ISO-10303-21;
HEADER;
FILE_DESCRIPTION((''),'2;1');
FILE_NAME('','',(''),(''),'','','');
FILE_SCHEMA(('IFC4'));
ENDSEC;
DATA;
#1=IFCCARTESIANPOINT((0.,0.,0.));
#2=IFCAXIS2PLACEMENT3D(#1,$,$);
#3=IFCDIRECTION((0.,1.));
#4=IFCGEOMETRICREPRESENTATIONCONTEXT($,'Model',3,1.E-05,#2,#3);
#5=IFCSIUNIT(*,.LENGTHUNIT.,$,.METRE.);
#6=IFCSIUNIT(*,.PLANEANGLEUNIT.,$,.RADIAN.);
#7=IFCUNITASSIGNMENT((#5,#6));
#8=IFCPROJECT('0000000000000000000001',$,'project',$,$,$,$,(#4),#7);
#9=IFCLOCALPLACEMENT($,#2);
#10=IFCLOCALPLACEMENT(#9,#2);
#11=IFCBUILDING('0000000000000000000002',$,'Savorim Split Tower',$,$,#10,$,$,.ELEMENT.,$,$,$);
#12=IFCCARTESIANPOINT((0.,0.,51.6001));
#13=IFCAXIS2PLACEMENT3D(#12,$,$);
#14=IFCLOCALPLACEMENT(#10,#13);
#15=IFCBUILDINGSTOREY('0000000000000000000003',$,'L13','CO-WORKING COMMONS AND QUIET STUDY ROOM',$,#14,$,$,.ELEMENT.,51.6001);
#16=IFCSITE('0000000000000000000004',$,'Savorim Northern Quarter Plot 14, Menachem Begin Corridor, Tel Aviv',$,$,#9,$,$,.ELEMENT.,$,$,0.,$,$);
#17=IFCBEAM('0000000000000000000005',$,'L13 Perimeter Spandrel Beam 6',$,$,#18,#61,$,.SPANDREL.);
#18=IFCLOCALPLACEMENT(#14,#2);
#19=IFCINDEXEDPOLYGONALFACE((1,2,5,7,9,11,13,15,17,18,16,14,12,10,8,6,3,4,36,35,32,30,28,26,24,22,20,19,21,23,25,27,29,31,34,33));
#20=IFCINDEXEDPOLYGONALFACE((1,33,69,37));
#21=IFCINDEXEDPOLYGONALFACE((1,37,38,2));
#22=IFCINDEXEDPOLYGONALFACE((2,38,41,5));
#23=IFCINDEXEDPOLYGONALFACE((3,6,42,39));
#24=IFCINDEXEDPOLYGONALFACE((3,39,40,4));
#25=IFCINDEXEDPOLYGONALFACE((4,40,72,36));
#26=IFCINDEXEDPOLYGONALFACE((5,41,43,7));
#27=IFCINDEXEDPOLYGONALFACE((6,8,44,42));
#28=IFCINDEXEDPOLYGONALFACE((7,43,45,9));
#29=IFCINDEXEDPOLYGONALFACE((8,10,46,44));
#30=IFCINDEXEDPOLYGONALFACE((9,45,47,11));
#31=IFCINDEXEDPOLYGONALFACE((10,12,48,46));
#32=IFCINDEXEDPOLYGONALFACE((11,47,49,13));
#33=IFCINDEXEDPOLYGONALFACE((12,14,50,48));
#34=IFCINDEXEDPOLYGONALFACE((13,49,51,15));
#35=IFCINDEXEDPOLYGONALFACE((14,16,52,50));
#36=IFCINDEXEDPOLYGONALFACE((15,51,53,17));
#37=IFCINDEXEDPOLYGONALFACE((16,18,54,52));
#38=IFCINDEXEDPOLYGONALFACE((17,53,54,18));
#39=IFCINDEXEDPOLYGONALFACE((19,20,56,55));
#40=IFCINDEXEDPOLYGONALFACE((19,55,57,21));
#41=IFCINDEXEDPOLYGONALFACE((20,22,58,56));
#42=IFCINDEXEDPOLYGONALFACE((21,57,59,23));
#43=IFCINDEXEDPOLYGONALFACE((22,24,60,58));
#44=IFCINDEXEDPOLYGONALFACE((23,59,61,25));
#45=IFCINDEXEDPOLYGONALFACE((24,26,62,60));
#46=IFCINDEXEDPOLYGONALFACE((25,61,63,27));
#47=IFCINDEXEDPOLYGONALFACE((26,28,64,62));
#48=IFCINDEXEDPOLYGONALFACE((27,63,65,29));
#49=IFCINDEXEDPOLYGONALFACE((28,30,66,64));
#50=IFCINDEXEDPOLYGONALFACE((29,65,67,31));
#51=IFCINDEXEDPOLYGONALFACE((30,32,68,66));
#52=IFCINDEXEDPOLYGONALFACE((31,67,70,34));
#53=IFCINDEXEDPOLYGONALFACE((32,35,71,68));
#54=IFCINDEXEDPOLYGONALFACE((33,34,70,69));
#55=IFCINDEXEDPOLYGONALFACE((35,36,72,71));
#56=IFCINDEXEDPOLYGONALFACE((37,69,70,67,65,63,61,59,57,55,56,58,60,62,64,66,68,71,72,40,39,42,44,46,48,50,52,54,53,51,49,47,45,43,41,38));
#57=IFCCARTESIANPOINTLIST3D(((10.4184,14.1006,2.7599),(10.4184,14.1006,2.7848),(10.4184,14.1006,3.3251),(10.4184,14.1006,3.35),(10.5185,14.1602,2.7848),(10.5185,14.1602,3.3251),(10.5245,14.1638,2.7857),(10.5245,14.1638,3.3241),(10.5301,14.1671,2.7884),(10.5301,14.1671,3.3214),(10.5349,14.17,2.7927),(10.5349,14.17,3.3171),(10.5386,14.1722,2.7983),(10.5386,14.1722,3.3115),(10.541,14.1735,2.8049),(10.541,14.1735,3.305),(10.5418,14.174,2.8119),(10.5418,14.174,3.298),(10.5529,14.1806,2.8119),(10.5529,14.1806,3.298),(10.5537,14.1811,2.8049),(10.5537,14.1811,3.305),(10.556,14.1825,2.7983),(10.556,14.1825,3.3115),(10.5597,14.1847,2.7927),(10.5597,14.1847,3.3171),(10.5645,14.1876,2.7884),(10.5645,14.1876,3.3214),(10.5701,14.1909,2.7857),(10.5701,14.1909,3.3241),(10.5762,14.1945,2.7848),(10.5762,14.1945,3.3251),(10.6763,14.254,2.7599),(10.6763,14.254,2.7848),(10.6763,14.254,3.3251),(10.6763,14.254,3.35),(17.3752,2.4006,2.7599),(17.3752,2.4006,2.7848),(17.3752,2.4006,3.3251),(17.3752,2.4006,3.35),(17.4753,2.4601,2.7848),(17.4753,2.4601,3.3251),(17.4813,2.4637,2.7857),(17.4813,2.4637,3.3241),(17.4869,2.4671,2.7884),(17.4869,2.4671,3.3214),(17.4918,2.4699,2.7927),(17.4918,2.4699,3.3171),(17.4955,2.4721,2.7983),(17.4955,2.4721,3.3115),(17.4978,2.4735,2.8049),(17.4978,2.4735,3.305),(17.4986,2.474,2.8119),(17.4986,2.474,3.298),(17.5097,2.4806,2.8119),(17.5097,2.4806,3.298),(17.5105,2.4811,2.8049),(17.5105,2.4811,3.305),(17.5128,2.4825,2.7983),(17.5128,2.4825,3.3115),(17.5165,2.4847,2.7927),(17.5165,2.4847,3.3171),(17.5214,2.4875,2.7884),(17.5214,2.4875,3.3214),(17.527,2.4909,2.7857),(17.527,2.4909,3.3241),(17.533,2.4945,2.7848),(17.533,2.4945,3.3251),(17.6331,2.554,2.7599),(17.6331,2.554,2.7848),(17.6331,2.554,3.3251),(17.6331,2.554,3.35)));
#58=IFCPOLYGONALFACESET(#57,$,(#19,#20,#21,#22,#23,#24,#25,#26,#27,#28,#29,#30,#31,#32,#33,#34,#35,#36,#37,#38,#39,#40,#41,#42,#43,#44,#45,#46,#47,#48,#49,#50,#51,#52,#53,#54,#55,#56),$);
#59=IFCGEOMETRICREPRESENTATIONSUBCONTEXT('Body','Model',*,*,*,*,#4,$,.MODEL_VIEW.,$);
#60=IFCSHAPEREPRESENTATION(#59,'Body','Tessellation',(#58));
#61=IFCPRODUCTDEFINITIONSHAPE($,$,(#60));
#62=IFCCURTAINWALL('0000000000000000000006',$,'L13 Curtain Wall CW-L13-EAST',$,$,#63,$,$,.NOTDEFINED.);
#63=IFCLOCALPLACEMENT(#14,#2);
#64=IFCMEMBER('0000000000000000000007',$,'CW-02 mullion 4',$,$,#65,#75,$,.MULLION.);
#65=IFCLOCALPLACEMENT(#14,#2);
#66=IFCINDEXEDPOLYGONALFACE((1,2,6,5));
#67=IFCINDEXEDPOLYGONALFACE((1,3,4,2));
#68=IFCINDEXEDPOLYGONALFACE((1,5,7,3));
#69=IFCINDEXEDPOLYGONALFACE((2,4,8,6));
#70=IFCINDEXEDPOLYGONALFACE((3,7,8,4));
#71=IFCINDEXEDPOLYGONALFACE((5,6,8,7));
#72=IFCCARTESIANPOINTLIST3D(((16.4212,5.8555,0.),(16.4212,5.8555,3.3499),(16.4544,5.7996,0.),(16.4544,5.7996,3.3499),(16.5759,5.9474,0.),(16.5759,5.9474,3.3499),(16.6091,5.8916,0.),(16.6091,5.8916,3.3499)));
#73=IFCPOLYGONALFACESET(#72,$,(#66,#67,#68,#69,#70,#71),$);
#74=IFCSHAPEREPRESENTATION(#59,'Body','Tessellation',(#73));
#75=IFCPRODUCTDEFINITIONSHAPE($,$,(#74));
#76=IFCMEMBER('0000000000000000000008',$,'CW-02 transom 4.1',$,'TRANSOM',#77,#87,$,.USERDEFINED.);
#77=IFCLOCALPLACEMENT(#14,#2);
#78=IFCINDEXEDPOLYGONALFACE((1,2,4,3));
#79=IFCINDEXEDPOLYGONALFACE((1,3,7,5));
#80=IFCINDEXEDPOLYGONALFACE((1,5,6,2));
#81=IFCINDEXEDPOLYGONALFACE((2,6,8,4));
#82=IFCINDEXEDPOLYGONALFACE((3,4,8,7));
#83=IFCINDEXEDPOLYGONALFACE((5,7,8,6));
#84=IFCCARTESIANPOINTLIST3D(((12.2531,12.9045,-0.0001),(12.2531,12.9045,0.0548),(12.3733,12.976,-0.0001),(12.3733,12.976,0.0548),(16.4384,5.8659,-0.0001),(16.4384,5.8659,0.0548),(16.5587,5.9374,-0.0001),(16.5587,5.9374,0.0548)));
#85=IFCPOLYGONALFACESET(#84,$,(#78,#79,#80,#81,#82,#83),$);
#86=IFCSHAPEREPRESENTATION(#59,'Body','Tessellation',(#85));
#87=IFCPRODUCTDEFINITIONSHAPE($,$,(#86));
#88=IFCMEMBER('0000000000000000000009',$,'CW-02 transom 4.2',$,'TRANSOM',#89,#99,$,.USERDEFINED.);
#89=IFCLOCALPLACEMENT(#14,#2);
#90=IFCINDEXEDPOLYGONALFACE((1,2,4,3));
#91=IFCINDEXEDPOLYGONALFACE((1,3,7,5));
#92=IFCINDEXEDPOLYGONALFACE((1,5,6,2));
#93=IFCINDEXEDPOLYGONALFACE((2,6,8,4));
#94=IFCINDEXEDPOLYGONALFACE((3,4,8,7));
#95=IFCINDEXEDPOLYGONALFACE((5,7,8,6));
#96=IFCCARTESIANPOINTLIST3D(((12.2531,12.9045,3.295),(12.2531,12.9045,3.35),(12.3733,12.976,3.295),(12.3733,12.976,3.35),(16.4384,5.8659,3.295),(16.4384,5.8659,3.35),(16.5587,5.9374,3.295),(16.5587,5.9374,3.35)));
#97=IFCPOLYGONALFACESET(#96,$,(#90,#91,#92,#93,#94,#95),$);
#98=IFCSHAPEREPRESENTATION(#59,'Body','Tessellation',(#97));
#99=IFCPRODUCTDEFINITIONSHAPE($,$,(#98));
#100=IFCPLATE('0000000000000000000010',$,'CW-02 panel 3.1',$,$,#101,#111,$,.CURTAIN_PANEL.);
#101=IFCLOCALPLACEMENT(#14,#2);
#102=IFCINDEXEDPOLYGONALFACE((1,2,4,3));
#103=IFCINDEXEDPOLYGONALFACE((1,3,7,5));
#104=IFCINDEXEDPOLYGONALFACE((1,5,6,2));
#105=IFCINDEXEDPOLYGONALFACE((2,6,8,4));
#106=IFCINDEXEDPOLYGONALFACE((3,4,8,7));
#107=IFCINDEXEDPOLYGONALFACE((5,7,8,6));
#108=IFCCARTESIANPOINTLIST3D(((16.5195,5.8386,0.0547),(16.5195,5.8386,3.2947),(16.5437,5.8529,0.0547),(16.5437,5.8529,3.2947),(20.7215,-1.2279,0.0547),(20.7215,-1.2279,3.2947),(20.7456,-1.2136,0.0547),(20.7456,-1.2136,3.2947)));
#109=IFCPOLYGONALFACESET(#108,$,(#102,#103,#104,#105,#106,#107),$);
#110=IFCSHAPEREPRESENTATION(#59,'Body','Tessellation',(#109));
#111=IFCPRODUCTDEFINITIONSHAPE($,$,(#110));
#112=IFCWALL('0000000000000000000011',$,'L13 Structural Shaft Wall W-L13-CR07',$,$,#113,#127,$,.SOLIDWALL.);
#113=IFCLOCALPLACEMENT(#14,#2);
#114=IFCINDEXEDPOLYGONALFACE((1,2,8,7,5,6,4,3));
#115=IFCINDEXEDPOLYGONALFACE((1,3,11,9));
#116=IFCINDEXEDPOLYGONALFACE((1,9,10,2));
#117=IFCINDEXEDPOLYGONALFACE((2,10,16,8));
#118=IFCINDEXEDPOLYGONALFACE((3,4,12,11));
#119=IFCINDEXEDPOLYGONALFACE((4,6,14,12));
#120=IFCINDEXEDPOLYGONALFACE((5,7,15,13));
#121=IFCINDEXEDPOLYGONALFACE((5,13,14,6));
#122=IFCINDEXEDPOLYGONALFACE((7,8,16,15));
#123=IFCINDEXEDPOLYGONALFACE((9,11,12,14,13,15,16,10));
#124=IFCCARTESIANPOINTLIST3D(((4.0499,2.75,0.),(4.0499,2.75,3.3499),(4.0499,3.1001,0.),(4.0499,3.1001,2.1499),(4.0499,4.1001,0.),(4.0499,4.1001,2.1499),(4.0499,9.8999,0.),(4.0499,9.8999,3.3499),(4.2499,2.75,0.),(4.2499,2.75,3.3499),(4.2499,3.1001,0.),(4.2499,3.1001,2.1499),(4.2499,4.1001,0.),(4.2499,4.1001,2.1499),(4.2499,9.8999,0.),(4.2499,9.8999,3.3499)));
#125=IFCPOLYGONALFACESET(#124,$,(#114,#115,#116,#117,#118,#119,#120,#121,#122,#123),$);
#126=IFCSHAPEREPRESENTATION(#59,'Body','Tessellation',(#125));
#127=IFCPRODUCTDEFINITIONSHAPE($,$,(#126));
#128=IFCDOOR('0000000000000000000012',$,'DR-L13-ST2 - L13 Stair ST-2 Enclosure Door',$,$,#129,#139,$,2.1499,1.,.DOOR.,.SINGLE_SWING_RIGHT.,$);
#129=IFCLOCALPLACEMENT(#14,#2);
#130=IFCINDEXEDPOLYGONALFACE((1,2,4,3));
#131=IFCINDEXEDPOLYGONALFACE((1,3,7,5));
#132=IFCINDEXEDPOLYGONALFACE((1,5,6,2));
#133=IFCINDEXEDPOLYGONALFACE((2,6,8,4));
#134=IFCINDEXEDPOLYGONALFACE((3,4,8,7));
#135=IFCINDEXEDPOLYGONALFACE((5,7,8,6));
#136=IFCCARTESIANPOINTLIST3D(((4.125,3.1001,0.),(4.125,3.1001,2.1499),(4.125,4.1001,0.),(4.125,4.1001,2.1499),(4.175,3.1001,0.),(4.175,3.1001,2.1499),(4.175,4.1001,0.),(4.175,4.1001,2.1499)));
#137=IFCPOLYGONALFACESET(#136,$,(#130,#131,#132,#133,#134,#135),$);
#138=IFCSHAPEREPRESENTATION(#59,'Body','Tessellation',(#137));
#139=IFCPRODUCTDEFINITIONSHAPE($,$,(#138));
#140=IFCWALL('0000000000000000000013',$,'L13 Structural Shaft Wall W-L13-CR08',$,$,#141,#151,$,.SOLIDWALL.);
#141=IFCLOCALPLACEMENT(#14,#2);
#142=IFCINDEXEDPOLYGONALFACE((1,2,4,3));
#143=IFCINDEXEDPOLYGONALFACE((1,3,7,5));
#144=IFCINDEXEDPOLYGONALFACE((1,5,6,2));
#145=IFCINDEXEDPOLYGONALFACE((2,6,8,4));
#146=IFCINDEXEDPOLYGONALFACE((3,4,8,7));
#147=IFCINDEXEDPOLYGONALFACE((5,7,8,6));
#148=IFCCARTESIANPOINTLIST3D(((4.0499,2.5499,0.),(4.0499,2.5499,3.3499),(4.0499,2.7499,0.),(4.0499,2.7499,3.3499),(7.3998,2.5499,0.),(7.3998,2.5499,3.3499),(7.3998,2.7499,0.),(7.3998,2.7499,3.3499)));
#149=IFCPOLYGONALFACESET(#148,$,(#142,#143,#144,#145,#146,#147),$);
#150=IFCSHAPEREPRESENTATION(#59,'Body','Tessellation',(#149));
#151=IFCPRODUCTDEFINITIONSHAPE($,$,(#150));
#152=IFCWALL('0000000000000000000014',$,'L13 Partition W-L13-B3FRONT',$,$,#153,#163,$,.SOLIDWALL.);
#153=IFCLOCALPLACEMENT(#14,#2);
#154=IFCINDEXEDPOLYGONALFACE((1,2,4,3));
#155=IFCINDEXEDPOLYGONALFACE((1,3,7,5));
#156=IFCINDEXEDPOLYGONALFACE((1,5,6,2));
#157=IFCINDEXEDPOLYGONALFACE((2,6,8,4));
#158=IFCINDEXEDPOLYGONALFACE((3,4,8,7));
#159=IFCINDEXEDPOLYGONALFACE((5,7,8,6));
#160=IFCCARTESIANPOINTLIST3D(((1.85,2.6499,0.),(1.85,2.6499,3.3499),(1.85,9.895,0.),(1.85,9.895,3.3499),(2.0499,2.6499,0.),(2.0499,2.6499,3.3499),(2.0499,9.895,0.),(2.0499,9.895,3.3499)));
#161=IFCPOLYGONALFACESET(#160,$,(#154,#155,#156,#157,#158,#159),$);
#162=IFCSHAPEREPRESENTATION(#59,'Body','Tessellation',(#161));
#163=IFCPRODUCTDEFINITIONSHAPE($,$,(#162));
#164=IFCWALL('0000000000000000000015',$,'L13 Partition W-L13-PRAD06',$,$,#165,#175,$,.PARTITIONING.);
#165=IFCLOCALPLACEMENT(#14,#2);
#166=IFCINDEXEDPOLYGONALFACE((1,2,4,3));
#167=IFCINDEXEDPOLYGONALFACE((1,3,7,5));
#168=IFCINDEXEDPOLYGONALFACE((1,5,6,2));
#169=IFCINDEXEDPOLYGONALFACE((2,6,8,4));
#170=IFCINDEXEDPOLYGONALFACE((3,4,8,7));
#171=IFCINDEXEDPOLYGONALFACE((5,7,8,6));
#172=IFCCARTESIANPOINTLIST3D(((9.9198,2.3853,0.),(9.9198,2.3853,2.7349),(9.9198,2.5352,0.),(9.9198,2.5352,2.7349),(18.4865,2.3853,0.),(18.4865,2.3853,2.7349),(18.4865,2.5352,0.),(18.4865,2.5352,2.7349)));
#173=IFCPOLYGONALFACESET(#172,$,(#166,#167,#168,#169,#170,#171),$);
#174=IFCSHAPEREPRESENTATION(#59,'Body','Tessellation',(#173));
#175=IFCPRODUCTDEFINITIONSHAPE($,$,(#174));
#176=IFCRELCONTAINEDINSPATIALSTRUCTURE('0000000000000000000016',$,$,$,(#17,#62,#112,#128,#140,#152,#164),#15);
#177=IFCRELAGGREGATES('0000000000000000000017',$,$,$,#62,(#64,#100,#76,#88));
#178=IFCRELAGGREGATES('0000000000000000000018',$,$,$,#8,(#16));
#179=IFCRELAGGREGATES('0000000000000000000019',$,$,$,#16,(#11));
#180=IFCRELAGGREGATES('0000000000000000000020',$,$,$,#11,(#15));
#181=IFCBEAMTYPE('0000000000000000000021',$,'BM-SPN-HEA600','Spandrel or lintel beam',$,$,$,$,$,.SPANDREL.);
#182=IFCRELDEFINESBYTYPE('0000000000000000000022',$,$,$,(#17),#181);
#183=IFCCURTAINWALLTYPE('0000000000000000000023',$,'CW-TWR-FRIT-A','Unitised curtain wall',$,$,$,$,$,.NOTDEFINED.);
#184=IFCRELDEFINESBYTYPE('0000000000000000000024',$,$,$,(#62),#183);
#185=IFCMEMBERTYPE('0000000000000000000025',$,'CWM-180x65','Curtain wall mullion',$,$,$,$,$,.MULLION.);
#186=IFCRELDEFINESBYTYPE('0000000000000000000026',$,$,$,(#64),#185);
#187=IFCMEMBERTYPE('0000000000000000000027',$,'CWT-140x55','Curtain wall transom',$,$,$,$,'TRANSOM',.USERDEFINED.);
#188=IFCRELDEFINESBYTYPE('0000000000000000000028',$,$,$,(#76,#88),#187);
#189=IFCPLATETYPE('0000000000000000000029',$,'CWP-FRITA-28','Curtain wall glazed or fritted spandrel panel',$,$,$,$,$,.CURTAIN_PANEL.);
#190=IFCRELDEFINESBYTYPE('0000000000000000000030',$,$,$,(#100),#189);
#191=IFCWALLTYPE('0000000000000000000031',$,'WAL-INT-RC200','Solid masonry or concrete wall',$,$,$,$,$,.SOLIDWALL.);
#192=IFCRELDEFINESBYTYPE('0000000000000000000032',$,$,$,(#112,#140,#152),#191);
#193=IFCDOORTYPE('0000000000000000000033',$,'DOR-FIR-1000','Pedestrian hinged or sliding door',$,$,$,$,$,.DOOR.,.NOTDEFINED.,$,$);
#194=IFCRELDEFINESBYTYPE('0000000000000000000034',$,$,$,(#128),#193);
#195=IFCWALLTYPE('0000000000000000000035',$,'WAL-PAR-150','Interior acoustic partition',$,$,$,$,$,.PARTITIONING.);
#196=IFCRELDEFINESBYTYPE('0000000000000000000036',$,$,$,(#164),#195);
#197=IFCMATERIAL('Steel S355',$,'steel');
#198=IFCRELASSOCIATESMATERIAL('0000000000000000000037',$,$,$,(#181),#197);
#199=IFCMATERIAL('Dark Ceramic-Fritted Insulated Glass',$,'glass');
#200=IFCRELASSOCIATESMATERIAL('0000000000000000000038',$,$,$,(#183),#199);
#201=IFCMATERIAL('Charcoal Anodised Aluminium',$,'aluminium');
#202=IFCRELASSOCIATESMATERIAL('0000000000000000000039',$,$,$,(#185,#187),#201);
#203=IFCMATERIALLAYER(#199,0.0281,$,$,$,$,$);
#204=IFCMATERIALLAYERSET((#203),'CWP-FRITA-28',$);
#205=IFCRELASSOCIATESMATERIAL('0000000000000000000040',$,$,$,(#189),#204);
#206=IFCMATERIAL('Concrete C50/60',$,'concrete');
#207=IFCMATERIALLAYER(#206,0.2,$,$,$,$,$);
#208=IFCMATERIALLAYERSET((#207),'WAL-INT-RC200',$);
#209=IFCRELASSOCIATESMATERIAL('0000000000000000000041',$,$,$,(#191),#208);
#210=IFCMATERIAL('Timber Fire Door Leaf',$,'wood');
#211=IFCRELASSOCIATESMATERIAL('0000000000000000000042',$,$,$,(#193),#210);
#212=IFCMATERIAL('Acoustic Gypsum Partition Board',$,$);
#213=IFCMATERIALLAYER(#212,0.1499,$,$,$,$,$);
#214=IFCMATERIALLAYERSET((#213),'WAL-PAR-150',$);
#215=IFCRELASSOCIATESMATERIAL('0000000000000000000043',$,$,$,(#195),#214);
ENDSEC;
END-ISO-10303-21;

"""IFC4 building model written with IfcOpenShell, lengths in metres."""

from ifc_helpers import new_model, si_unit, direction, frame, frame_2d, origin, origin_2d, place, context, subcontext, project, spatial, rectangle, i_section, extrude, material, layer, layer_set, material_profile, profile_set, type_object, element, fill, aggregate, save


model = new_model("IFC4")

# Units and contexts
model_context = context("Model", 3, precision=1e-05, world=origin(), true_north=direction((0.0, 1.0)))
body_context = subcontext(model_context, "Body", "Model", "MODEL_VIEW")
ifc_project = project(units=[si_unit("LENGTHUNIT", "METRE"), si_unit("PLANEANGLEUNIT", "RADIAN")], contexts=[model_context])

# Site, building, storey
site_placement = place(None, origin())
site = spatial("IfcSite", under=ifc_project, at=site_placement, Name="Savorim Northern Quarter Plot 14, Menachem Begin Corridor, Tel Aviv", CompositionType="ELEMENT", RefElevation=0.0)
building_placement = place(site_placement, origin())
building = spatial("IfcBuilding", under=site, at=building_placement, Name="Savorim Split Tower", CompositionType="ELEMENT")
storey_placement = place(building_placement, frame((0.0, 0.0, 51.6001)))
storey = spatial("IfcBuildingStorey", under=building, at=storey_placement, Name="L13", Description="CO-WORKING COMMONS AND QUIET STUDY ROOM", CompositionType="ELEMENT", Elevation=51.6001)

# Beam
ifc_material_1 = material(Name="Steel S355", Category="steel")
ifc_material_profile_1 = material_profile(ifc_material_1, i_section(OverallWidth=0.3, OverallDepth=0.5901, WebThickness=0.0129, FlangeThickness=0.0249, FilletRadius=0.0271, at=origin_2d()), Name="HEA 600")
ifc_profile_set_1 = profile_set([ifc_material_profile_1], Name="Steel S355")
beam_type_1 = type_object("IfcBeamType", Name="BM-SPN-HEA600", Description="Spandrel or lintel beam", PredefinedType="SPANDREL", material=ifc_profile_set_1)
beam_1_placement = place(storey_placement, frame((17.5042, 2.4773, 3.0549), z_axis=(-0.511079, 0.859534, 0.0), x_axis=(-0.859534, -0.511079, 0.0)))
element("IfcBeam", 1, at=beam_1_placement, inside=storey, type_object=beam_type_1, Name="L13 Perimeter Spandrel Beam 6", PredefinedType="SPANDREL", context=body_context, shape_type="SweptSolid", body=[
    extrude(i_section(OverallWidth=0.3, OverallDepth=0.5901, WebThickness=0.0129, FlangeThickness=0.0249, FilletRadius=0.0271, at=origin_2d()), origin(), (0.0, 0.0, 1.0), 13.6121),
])

# Curtain wall, members, plate
ifc_material_2 = material(Name="Dark Ceramic-Fritted Insulated Glass", Category="glass")
curtain_wall_type = type_object("IfcCurtainWallType", Name="CW-TWR-FRIT-A", Description="Unitised curtain wall", PredefinedType="NOTDEFINED", material=ifc_material_2)
curtain_wall_placement = place(storey_placement, origin())
curtain_wall = element("IfcCurtainWall", 2, at=curtain_wall_placement, inside=storey, type_object=curtain_wall_type, Name="L13 Curtain Wall CW-L13-EAST", PredefinedType="NOTDEFINED")
ifc_material_3 = material(Name="Charcoal Anodised Aluminium", Category="aluminium")
ifc_material_profile_2 = material_profile(ifc_material_3, rectangle(XDim=0.1799, YDim=0.0649, at=origin_2d()), Name="ALU-M 180x65")
ifc_profile_set_2 = profile_set([ifc_material_profile_2], Name="Charcoal Anodised Aluminium")
member_type_1 = type_object("IfcMemberType", Name="CWM-180x65", Description="Curtain wall mullion", PredefinedType="MULLION", material=ifc_profile_set_2)
member_1_placement = place(storey_placement, frame((16.5151, 5.8735, 0.0), z_axis=(0.0, 0.0, 1.0), x_axis=(-0.859526, -0.511092, 0.0)))
member_1 = element("IfcMember", 3, at=member_1_placement, type_object=member_type_1, Name="CW-02 mullion 4", PredefinedType="MULLION", context=body_context, shape_type="SweptSolid", body=[
    extrude(rectangle(XDim=0.1799, YDim=0.0649, at=origin_2d()), origin(), (0.0, 0.0, 1.0), 3.3499),
])
ifc_material_profile_3 = material_profile(ifc_material_3, rectangle(XDim=0.1399, YDim=0.0549, at=origin_2d()), Name="ALU-T 140x55")
ifc_profile_set_3 = profile_set([ifc_material_profile_3], Name="Charcoal Anodised Aluminium")
member_type_2 = type_object("IfcMemberType", Name="CWT-140x55", Description="Curtain wall transom", ElementType="TRANSOM", PredefinedType="USERDEFINED", material=ifc_profile_set_3)
member_2_placement = place(storey_placement, frame((16.4985, 5.9016, 0.0273), z_axis=(-0.511094, 0.859525, 0.0), x_axis=(-0.859525, -0.511094, 0.0)))
member_2 = element("IfcMember", 4, at=member_2_placement, type_object=member_type_2, Name="CW-02 transom 4.1", ObjectType="TRANSOM", PredefinedType="USERDEFINED", context=body_context, shape_type="SweptSolid", body=[
    extrude(rectangle(XDim=0.1399, YDim=0.0549, at=origin_2d()), origin(), (0.0, 0.0, 1.0), 8.189),
])
member_3_placement = place(storey_placement, frame((16.4985, 5.9016, 3.3225), z_axis=(-0.511094, 0.859525, 0.0), x_axis=(-0.859525, -0.511094, 0.0)))
member_3 = element("IfcMember", 5, at=member_3_placement, type_object=member_type_2, Name="CW-02 transom 4.2", ObjectType="TRANSOM", PredefinedType="USERDEFINED", context=body_context, shape_type="SweptSolid", body=[
    extrude(rectangle(XDim=0.1399, YDim=0.0549, at=origin_2d()), origin(), (0.0, 0.0, 1.0), 8.189),
])
ifc_layer_1 = layer(ifc_material_2, 0.0281)
ifc_layer_set_1 = layer_set([ifc_layer_1], Name="CWP-FRITA-28")
plate_type = type_object("IfcPlateType", Name="CWP-FRITA-28", Description="Curtain wall glazed or fritted spandrel panel", PredefinedType="CURTAIN_PANEL", material=ifc_layer_set_1)
plate_placement = place(storey_placement, frame((18.6326, 2.3125, 0.0547), z_axis=(0.0, 0.0, 1.0), x_axis=(-0.511092, 0.859526, 0.0)))
plate = element("IfcPlate", 6, at=plate_placement, type_object=plate_type, Name="CW-02 panel 3.1", PredefinedType="CURTAIN_PANEL", context=body_context, shape_type="SweptSolid", body=[
    extrude(rectangle(XDim=8.2214, YDim=0.0281, at=origin_2d()), origin(), (0.0, 0.0, 1.0), 3.24),
])
aggregate(curtain_wall, [member_1, plate, member_2, member_3])

# Wall, opening, door
ifc_material_4 = material(Name="Concrete C50/60", Category="concrete")
ifc_layer_2 = layer(ifc_material_4, 0.2)
ifc_layer_set_2 = layer_set([ifc_layer_2], Name="WAL-INT-RC200")
wall_type_1 = type_object("IfcWallType", Name="WAL-INT-RC200", Description="Solid masonry or concrete wall", PredefinedType="SOLIDWALL", material=ifc_layer_set_2)
wall_1_placement = place(storey_placement, frame((4.1499, 2.75, 0.0), z_axis=(0.0, 0.0, 1.0), x_axis=(0.0, 1.0, 0.0)))
wall_1 = element("IfcWall", 7, at=wall_1_placement, inside=storey, type_object=wall_type_1, Name="L13 Structural Shaft Wall W-L13-CR07", PredefinedType="SOLIDWALL", context=body_context, shape_type="SweptSolid", body=[
    extrude(rectangle(XDim=7.1499, YDim=0.2, at=frame_2d((3.575, 0.0))), origin(), (0.0, 0.0, 1.0), 3.3499),
])
opening_placement = place(wall_1_placement, frame((0.3501, 0.0, 0.0)))
opening = element("IfcOpeningElement", 8, at=opening_placement, cuts=wall_1, PredefinedType="OPENING", context=body_context, shape_type="SweptSolid", body=[
    extrude(rectangle(XDim=1.0, YDim=2.1499, at=frame_2d((0.5, 1.075))), frame((0.0, 0.1099, 0.0), z_axis=(0.0, -1.0, 0.0), x_axis=(1.0, 0.0, 0.0)), (0.0, 0.0, 1.0), 0.22),
])
ifc_material_5 = material(Name="Timber Fire Door Leaf", Category="wood")
door_type = type_object("IfcDoorType", Name="DOR-FIR-1000", Description="Pedestrian hinged or sliding door", OperationType="NOTDEFINED", PredefinedType="DOOR", material=ifc_material_5)
door_placement = place(opening_placement, origin())
door = element("IfcDoor", 9, at=door_placement, inside=storey, type_object=door_type, Name="DR-L13-ST2 - L13 Stair ST-2 Enclosure Door", OperationType="SINGLE_SWING_RIGHT", OverallHeight=2.1499, OverallWidth=1.0, PredefinedType="DOOR", context=body_context, shape_type="SweptSolid", body=[
    extrude(rectangle(XDim=1.0, YDim=2.1499, at=frame_2d((0.5, 1.075))), frame((0.0, 0.0249, 0.0), z_axis=(0.0, -1.0, 0.0), x_axis=(1.0, 0.0, 0.0)), (0.0, 0.0, 1.0), 0.05),
])
fill(opening, door)

# Walls
wall_2_placement = place(storey_placement, frame((4.05, 2.6499, 0.0), z_axis=(0.0, 0.0, 1.0), x_axis=(1.0, 0.0, 0.0)))
element("IfcWall", 10, at=wall_2_placement, inside=storey, type_object=wall_type_1, Name="L13 Structural Shaft Wall W-L13-CR08", PredefinedType="SOLIDWALL", context=body_context, shape_type="SweptSolid", body=[
    extrude(rectangle(XDim=3.3499, YDim=0.2, at=frame_2d((1.6748, 0.0))), origin(), (0.0, 0.0, 1.0), 3.3499),
])
wall_3_placement = place(storey_placement, frame((1.95, 2.6499, 0.0), z_axis=(0.0, 0.0, 1.0), x_axis=(0.0, 1.0, 0.0)))
element("IfcWall", 11, at=wall_3_placement, inside=storey, type_object=wall_type_1, Name="L13 Partition W-L13-B3FRONT", PredefinedType="SOLIDWALL", context=body_context, shape_type="SweptSolid", body=[
    extrude(rectangle(XDim=7.2451, YDim=0.2, at=frame_2d((3.6226, 0.0))), origin(), (0.0, 0.0, 1.0), 3.3499),
])
ifc_material_6 = material(Name="Acoustic Gypsum Partition Board")
ifc_layer_3 = layer(ifc_material_6, 0.1499)
ifc_layer_set_3 = layer_set([ifc_layer_3], Name="WAL-PAR-150")
wall_type_2 = type_object("IfcWallType", Name="WAL-PAR-150", Description="Interior acoustic partition", PredefinedType="PARTITIONING", material=ifc_layer_set_3)
wall_4_placement = place(storey_placement, frame((9.9199, 2.4602, 0.0), z_axis=(0.0, 0.0, 1.0), x_axis=(1.0, 0.0, 0.0)))
element("IfcWall", 12, at=wall_4_placement, inside=storey, type_object=wall_type_2, Name="L13 Partition W-L13-PRAD06", PredefinedType="PARTITIONING", context=body_context, shape_type="SweptSolid", body=[
    extrude(rectangle(XDim=8.5667, YDim=0.1499, at=frame_2d((4.2832, 0.0))), origin(), (0.0, 0.0, 1.0), 2.7349),
])

save(model, "model.ifc")
